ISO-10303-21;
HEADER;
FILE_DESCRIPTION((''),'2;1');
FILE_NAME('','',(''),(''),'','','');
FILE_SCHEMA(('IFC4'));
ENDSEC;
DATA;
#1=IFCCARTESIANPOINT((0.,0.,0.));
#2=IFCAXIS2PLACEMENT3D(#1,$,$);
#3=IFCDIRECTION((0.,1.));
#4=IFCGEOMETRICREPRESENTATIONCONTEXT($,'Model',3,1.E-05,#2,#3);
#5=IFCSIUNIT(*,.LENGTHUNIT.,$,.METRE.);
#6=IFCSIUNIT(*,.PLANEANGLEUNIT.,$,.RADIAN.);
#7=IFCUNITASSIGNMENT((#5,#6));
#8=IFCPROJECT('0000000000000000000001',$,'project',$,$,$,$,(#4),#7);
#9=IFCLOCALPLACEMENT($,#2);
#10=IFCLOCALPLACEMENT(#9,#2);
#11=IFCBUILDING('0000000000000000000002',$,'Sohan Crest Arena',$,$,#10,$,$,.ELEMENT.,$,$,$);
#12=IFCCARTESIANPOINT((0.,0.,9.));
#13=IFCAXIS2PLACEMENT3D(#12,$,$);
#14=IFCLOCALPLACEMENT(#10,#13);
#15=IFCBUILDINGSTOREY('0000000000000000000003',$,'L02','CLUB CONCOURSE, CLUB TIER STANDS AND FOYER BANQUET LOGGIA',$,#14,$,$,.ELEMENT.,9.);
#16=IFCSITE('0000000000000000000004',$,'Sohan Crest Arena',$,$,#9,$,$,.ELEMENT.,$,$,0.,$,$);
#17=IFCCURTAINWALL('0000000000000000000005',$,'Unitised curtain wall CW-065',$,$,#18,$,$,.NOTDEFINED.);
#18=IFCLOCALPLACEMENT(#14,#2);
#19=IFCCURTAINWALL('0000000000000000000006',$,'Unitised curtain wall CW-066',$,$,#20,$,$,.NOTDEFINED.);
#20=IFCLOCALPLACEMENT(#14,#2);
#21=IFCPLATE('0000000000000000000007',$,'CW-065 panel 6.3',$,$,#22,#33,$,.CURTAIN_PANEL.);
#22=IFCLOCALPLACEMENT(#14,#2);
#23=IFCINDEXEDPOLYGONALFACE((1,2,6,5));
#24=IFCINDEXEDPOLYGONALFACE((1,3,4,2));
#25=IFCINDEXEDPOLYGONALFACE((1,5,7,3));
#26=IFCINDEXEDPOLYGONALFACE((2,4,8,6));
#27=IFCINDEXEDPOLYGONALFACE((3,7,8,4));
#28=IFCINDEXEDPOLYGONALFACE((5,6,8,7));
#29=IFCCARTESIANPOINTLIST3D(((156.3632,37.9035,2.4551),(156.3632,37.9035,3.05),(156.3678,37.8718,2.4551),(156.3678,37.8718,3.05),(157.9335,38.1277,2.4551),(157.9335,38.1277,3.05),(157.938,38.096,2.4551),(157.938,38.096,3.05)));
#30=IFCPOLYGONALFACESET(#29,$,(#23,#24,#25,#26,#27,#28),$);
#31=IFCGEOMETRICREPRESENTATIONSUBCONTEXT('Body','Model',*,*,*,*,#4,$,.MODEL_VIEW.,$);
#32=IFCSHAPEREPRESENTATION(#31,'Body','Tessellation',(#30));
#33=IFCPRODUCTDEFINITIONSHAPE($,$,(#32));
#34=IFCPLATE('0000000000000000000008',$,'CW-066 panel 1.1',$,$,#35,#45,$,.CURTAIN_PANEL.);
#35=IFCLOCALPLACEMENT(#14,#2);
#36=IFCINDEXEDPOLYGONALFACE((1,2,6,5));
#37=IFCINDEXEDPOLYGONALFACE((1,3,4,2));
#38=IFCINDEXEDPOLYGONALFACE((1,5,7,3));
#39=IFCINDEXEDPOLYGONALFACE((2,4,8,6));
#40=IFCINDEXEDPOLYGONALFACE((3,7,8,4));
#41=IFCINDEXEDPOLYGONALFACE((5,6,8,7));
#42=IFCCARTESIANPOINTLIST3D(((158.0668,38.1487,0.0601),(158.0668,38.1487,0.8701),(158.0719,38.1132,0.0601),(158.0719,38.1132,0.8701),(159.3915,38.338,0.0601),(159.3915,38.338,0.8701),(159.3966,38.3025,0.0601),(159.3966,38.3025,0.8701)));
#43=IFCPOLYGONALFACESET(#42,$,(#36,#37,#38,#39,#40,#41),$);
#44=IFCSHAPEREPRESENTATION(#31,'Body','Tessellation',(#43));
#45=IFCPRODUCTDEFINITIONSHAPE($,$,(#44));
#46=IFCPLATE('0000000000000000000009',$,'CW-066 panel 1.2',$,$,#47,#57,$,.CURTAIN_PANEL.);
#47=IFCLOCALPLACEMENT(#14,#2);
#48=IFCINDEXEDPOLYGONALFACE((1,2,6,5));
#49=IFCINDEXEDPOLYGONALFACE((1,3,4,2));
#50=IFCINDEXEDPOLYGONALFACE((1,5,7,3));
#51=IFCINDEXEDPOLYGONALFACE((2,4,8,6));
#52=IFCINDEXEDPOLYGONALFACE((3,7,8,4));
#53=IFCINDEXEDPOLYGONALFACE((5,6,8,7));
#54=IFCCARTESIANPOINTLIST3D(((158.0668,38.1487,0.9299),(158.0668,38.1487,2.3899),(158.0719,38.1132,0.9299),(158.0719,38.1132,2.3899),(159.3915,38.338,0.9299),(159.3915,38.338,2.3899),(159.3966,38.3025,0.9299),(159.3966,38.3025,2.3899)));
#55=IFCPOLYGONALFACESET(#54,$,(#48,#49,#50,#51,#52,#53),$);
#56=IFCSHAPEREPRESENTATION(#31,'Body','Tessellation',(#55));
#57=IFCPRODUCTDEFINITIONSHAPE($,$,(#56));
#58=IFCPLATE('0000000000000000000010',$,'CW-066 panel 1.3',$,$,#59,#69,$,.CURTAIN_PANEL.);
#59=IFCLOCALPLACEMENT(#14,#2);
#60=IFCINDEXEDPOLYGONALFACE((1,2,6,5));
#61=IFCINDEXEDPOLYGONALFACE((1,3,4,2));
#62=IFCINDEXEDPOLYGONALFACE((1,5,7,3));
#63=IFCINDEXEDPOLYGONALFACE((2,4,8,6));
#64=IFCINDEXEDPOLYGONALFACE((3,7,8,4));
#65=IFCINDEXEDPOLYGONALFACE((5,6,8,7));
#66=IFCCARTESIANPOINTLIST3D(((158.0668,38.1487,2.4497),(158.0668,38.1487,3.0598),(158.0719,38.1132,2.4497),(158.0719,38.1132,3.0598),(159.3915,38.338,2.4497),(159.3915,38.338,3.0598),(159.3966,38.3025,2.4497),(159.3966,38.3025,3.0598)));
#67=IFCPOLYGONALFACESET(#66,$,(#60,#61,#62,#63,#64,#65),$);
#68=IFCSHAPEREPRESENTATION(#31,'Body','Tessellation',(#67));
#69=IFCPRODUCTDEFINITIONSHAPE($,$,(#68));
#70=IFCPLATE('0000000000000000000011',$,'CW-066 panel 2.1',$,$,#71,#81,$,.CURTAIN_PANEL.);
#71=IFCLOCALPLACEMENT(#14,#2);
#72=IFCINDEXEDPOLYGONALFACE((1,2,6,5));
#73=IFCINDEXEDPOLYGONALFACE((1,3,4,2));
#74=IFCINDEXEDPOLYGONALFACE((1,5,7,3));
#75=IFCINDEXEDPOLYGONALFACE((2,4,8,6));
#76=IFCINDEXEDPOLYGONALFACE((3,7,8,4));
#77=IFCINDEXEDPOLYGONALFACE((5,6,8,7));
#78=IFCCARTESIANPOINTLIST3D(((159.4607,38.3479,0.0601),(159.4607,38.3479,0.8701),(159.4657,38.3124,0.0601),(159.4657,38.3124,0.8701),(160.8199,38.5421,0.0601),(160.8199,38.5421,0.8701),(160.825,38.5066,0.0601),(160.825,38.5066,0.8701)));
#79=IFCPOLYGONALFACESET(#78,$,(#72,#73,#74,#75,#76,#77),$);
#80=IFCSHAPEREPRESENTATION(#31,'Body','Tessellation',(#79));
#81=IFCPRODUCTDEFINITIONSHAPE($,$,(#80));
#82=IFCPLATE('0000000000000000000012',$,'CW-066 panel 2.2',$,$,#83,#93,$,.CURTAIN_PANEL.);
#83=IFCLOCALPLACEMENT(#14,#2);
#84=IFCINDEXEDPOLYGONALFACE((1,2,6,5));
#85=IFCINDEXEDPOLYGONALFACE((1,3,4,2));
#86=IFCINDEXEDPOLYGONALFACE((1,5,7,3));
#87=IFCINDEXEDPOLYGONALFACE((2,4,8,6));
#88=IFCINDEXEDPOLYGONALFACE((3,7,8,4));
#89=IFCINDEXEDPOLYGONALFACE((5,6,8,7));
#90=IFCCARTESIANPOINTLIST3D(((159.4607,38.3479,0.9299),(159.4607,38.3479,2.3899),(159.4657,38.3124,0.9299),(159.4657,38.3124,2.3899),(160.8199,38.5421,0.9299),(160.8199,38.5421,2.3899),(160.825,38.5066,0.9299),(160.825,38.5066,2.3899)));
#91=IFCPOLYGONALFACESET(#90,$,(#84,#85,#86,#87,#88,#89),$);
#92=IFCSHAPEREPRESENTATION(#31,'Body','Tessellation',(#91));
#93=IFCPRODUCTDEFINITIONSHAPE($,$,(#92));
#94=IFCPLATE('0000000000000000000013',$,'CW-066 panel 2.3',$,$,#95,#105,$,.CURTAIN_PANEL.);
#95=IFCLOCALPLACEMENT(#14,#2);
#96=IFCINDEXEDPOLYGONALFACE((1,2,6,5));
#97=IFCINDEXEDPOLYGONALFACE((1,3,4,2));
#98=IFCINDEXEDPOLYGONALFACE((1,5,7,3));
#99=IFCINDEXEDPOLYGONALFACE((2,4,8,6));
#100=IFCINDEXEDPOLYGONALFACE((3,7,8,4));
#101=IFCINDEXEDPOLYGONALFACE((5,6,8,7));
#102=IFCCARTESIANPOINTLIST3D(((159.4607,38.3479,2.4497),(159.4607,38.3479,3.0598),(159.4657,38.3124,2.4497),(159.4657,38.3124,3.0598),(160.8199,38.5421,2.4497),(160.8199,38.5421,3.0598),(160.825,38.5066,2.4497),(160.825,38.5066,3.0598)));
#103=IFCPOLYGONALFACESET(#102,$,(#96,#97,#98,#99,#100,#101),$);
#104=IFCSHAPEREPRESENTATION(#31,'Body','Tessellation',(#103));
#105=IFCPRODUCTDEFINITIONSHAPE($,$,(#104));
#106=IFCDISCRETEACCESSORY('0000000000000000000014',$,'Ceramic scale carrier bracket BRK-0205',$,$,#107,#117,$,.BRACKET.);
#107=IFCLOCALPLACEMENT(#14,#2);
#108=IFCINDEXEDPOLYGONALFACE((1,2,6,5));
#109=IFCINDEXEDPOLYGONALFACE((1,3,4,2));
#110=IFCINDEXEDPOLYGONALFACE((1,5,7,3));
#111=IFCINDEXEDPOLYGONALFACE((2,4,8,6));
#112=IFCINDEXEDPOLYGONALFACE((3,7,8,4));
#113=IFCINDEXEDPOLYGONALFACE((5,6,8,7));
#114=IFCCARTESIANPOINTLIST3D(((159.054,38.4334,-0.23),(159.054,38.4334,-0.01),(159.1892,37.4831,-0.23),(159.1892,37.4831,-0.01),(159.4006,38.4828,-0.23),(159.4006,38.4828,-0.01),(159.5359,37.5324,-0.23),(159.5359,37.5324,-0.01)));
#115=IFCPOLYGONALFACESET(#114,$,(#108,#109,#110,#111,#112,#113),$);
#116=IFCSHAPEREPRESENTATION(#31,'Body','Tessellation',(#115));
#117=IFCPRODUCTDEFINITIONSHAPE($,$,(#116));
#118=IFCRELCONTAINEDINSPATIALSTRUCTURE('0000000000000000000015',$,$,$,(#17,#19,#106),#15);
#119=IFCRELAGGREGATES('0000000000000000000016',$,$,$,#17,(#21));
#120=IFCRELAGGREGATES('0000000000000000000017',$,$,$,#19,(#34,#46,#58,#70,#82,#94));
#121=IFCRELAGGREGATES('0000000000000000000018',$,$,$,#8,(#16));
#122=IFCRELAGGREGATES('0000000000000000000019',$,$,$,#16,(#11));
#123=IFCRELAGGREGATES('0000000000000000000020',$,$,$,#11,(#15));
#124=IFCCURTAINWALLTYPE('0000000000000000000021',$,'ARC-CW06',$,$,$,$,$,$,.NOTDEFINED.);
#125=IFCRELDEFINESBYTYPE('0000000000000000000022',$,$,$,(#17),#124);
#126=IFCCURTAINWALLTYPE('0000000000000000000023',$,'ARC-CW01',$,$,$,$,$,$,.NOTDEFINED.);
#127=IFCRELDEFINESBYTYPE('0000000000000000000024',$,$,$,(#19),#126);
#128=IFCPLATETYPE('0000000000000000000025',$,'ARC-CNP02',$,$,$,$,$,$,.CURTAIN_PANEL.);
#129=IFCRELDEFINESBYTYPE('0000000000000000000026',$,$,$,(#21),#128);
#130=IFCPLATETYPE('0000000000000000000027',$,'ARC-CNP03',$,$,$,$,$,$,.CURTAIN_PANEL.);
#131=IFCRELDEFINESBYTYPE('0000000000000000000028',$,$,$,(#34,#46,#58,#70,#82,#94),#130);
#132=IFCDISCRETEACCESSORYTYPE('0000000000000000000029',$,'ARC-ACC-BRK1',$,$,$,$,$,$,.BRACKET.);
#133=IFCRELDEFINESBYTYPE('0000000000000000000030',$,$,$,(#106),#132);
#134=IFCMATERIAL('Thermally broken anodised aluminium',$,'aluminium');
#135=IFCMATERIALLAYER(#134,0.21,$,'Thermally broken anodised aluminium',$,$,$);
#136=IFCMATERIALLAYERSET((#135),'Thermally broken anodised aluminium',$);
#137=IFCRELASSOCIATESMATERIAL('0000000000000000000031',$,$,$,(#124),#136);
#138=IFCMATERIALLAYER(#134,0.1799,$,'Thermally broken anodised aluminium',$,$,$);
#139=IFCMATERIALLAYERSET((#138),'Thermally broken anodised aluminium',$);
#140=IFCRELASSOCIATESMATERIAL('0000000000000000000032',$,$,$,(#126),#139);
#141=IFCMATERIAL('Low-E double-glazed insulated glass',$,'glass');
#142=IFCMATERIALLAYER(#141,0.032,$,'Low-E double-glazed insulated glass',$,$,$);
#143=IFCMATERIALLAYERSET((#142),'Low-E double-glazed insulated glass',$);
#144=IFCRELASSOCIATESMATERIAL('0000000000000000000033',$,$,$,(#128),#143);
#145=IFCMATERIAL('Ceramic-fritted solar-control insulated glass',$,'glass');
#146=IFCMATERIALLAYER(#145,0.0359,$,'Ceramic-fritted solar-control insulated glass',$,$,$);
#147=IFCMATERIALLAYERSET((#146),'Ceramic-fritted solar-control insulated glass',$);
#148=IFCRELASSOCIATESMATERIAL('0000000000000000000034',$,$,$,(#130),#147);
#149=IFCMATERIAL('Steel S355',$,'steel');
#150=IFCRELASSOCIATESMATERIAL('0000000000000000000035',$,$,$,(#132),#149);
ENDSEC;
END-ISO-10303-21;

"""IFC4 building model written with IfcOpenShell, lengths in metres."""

from ifc_helpers import new_model, si_unit, direction, frame, origin, origin_2d, place, context, subcontext, project, spatial, rectangle, extrude, material, layer, layer_set, type_object, element, aggregate, save


model = new_model("IFC4")

# Units and contexts
model_context = context("Model", 3, precision=1e-05, world=origin(), true_north=direction((0.0, 1.0)))
body_context = subcontext(model_context, "Body", "Model", "MODEL_VIEW")
ifc_project = project(units=[si_unit("LENGTHUNIT", "METRE"), si_unit("PLANEANGLEUNIT", "RADIAN")], contexts=[model_context])

# Site, building, storey
site_placement = place(None, origin())
site = spatial("IfcSite", under=ifc_project, at=site_placement, Name="Sohan Crest Arena", CompositionType="ELEMENT", RefElevation=0.0)
building_placement = place(site_placement, origin())
building = spatial("IfcBuilding", under=site, at=building_placement, Name="Sohan Crest Arena", CompositionType="ELEMENT")
storey_placement = place(building_placement, frame((0.0, 0.0, 9.0)))
storey = spatial("IfcBuildingStorey", under=building, at=storey_placement, Name="L02", Description="CLUB CONCOURSE, CLUB TIER STANDS AND FOYER BANQUET LOGGIA", CompositionType="ELEMENT", Elevation=9.0)

# Shared definitions
ifc_material_1 = material(Name="Steel S355", Category="steel")

# Curtain walls
ifc_material_2 = material(Name="Thermally broken anodised aluminium", Category="aluminium")
ifc_layer_1 = layer(ifc_material_2, 0.21, Name="Thermally broken anodised aluminium")
ifc_layer_set_1 = layer_set([ifc_layer_1], Name="Thermally broken anodised aluminium")
curtain_wall_type_1 = type_object("IfcCurtainWallType", Name="ARC-CW06", PredefinedType="NOTDEFINED", material=ifc_layer_set_1)
curtain_wall_1_placement = place(storey_placement, origin())
curtain_wall_1 = element("IfcCurtainWall", 1, at=curtain_wall_1_placement, inside=storey, type_object=curtain_wall_type_1, Name="Unitised curtain wall CW-065", PredefinedType="NOTDEFINED")
ifc_layer_2 = layer(ifc_material_2, 0.1799, Name="Thermally broken anodised aluminium")
ifc_layer_set_2 = layer_set([ifc_layer_2], Name="Thermally broken anodised aluminium")
curtain_wall_type_2 = type_object("IfcCurtainWallType", Name="ARC-CW01", PredefinedType="NOTDEFINED", material=ifc_layer_set_2)
curtain_wall_2_placement = place(storey_placement, origin())
curtain_wall_2 = element("IfcCurtainWall", 2, at=curtain_wall_2_placement, inside=storey, type_object=curtain_wall_type_2, Name="Unitised curtain wall CW-066", PredefinedType="NOTDEFINED")

# Plates
ifc_material_3 = material(Name="Low-E double-glazed insulated glass", Category="glass")
ifc_layer_3 = layer(ifc_material_3, 0.032, Name="Low-E double-glazed insulated glass")
ifc_layer_set_3 = layer_set([ifc_layer_3], Name="Low-E double-glazed insulated glass")
plate_type_1 = type_object("IfcPlateType", Name="ARC-CNP02", PredefinedType="CURTAIN_PANEL", material=ifc_layer_set_3)
plate_1_placement = place(storey_placement, frame((157.1506, 37.9998, 2.4551), z_axis=(0.0, 0.0, 1.0), x_axis=(0.989957, 0.141366, 0.0)))
plate_1 = element("IfcPlate", 3, at=plate_1_placement, type_object=plate_type_1, Name="CW-065 panel 6.3", PredefinedType="CURTAIN_PANEL", context=body_context, shape_type="SweptSolid", body=[
    extrude(rectangle(XDim=1.5862, YDim=0.032, at=origin_2d()), origin(), (0.0, 0.0, 1.0), 0.595),
])
aggregate(curtain_wall_1, [plate_1])
ifc_material_4 = material(Name="Ceramic-fritted solar-control insulated glass", Category="glass")
ifc_layer_4 = layer(ifc_material_4, 0.0359, Name="Ceramic-fritted solar-control insulated glass")
ifc_layer_set_4 = layer_set([ifc_layer_4], Name="Ceramic-fritted solar-control insulated glass")
plate_type_2 = type_object("IfcPlateType", Name="ARC-CNP03", PredefinedType="CURTAIN_PANEL", material=ifc_layer_set_4)
plate_2_placement = place(storey_placement, frame((158.7317, 38.2256, 0.0601), z_axis=(0.0, 0.0, 1.0), x_axis=(0.989944, 0.141463, 0.0)))
plate_2 = element("IfcPlate", 4, at=plate_2_placement, type_object=plate_type_2, Name="CW-066 panel 1.1", PredefinedType="CURTAIN_PANEL", context=body_context, shape_type="SweptSolid", body=[
    extrude(rectangle(XDim=1.3381, YDim=0.0359, at=origin_2d()), origin(), (0.0, 0.0, 1.0), 0.8101),
])
plate_3_placement = place(storey_placement, frame((158.7317, 38.2256, 0.9299), z_axis=(0.0, 0.0, 1.0), x_axis=(0.989944, 0.141463, 0.0)))
plate_3 = element("IfcPlate", 5, at=plate_3_placement, type_object=plate_type_2, Name="CW-066 panel 1.2", PredefinedType="CURTAIN_PANEL", context=body_context, shape_type="SweptSolid", body=[
    extrude(rectangle(XDim=1.3381, YDim=0.0359, at=origin_2d()), origin(), (0.0, 0.0, 1.0), 1.46),
])
plate_4_placement = place(storey_placement, frame((158.7317, 38.2256, 2.4497), z_axis=(0.0, 0.0, 1.0), x_axis=(0.989944, 0.141463, 0.0)))
plate_4 = element("IfcPlate", 6, at=plate_4_placement, type_object=plate_type_2, Name="CW-066 panel 1.3", PredefinedType="CURTAIN_PANEL", context=body_context, shape_type="SweptSolid", body=[
    extrude(rectangle(XDim=1.3381, YDim=0.0359, at=origin_2d()), origin(), (0.0, 0.0, 1.0), 0.6101),
])
plate_5_placement = place(storey_placement, frame((160.1428, 38.4272, 0.0601), z_axis=(0.0, 0.0, 1.0), x_axis=(0.989944, 0.141463, 0.0)))
plate_5 = element("IfcPlate", 7, at=plate_5_placement, type_object=plate_type_2, Name="CW-066 panel 2.1", PredefinedType="CURTAIN_PANEL", context=body_context, shape_type="SweptSolid", body=[
    extrude(rectangle(XDim=1.373, YDim=0.0359, at=origin_2d()), origin(), (0.0, 0.0, 1.0), 0.8101),
])
plate_6_placement = place(storey_placement, frame((160.1428, 38.4272, 0.9299), z_axis=(0.0, 0.0, 1.0), x_axis=(0.989944, 0.141463, 0.0)))
plate_6 = element("IfcPlate", 8, at=plate_6_placement, type_object=plate_type_2, Name="CW-066 panel 2.2", PredefinedType="CURTAIN_PANEL", context=body_context, shape_type="SweptSolid", body=[
    extrude(rectangle(XDim=1.373, YDim=0.0359, at=origin_2d()), origin(), (0.0, 0.0, 1.0), 1.46),
])
plate_7_placement = place(storey_placement, frame((160.1428, 38.4272, 2.4497), z_axis=(0.0, 0.0, 1.0), x_axis=(0.989944, 0.141463, 0.0)))
plate_7 = element("IfcPlate", 9, at=plate_7_placement, type_object=plate_type_2, Name="CW-066 panel 2.3", PredefinedType="CURTAIN_PANEL", context=body_context, shape_type="SweptSolid", body=[
    extrude(rectangle(XDim=1.373, YDim=0.0359, at=origin_2d()), origin(), (0.0, 0.0, 1.0), 0.6101),
])
aggregate(curtain_wall_2, [plate_2, plate_3, plate_4, plate_5, plate_6, plate_7])

# Discrete accessory
discrete_accessory_type = type_object("IfcDiscreteAccessoryType", Name="ARC-ACC-BRK1", PredefinedType="BRACKET", material=ifc_material_1)
discrete_accessory_placement = place(storey_placement, frame((159.2949, 37.9829, -0.23), z_axis=(0.0, 0.0, 1.0), x_axis=(0.990024, 0.140901, 0.0)))
element("IfcDiscreteAccessory", 10, at=discrete_accessory_placement, inside=storey, type_object=discrete_accessory_type, Name="Ceramic scale carrier bracket BRK-0205", PredefinedType="BRACKET", context=body_context, shape_type="SweptSolid", body=[
    extrude(rectangle(XDim=0.3501, YDim=0.96, at=origin_2d()), origin(), (0.0, 0.0, 1.0), 0.22),
])

save(model, "model.ifc")
